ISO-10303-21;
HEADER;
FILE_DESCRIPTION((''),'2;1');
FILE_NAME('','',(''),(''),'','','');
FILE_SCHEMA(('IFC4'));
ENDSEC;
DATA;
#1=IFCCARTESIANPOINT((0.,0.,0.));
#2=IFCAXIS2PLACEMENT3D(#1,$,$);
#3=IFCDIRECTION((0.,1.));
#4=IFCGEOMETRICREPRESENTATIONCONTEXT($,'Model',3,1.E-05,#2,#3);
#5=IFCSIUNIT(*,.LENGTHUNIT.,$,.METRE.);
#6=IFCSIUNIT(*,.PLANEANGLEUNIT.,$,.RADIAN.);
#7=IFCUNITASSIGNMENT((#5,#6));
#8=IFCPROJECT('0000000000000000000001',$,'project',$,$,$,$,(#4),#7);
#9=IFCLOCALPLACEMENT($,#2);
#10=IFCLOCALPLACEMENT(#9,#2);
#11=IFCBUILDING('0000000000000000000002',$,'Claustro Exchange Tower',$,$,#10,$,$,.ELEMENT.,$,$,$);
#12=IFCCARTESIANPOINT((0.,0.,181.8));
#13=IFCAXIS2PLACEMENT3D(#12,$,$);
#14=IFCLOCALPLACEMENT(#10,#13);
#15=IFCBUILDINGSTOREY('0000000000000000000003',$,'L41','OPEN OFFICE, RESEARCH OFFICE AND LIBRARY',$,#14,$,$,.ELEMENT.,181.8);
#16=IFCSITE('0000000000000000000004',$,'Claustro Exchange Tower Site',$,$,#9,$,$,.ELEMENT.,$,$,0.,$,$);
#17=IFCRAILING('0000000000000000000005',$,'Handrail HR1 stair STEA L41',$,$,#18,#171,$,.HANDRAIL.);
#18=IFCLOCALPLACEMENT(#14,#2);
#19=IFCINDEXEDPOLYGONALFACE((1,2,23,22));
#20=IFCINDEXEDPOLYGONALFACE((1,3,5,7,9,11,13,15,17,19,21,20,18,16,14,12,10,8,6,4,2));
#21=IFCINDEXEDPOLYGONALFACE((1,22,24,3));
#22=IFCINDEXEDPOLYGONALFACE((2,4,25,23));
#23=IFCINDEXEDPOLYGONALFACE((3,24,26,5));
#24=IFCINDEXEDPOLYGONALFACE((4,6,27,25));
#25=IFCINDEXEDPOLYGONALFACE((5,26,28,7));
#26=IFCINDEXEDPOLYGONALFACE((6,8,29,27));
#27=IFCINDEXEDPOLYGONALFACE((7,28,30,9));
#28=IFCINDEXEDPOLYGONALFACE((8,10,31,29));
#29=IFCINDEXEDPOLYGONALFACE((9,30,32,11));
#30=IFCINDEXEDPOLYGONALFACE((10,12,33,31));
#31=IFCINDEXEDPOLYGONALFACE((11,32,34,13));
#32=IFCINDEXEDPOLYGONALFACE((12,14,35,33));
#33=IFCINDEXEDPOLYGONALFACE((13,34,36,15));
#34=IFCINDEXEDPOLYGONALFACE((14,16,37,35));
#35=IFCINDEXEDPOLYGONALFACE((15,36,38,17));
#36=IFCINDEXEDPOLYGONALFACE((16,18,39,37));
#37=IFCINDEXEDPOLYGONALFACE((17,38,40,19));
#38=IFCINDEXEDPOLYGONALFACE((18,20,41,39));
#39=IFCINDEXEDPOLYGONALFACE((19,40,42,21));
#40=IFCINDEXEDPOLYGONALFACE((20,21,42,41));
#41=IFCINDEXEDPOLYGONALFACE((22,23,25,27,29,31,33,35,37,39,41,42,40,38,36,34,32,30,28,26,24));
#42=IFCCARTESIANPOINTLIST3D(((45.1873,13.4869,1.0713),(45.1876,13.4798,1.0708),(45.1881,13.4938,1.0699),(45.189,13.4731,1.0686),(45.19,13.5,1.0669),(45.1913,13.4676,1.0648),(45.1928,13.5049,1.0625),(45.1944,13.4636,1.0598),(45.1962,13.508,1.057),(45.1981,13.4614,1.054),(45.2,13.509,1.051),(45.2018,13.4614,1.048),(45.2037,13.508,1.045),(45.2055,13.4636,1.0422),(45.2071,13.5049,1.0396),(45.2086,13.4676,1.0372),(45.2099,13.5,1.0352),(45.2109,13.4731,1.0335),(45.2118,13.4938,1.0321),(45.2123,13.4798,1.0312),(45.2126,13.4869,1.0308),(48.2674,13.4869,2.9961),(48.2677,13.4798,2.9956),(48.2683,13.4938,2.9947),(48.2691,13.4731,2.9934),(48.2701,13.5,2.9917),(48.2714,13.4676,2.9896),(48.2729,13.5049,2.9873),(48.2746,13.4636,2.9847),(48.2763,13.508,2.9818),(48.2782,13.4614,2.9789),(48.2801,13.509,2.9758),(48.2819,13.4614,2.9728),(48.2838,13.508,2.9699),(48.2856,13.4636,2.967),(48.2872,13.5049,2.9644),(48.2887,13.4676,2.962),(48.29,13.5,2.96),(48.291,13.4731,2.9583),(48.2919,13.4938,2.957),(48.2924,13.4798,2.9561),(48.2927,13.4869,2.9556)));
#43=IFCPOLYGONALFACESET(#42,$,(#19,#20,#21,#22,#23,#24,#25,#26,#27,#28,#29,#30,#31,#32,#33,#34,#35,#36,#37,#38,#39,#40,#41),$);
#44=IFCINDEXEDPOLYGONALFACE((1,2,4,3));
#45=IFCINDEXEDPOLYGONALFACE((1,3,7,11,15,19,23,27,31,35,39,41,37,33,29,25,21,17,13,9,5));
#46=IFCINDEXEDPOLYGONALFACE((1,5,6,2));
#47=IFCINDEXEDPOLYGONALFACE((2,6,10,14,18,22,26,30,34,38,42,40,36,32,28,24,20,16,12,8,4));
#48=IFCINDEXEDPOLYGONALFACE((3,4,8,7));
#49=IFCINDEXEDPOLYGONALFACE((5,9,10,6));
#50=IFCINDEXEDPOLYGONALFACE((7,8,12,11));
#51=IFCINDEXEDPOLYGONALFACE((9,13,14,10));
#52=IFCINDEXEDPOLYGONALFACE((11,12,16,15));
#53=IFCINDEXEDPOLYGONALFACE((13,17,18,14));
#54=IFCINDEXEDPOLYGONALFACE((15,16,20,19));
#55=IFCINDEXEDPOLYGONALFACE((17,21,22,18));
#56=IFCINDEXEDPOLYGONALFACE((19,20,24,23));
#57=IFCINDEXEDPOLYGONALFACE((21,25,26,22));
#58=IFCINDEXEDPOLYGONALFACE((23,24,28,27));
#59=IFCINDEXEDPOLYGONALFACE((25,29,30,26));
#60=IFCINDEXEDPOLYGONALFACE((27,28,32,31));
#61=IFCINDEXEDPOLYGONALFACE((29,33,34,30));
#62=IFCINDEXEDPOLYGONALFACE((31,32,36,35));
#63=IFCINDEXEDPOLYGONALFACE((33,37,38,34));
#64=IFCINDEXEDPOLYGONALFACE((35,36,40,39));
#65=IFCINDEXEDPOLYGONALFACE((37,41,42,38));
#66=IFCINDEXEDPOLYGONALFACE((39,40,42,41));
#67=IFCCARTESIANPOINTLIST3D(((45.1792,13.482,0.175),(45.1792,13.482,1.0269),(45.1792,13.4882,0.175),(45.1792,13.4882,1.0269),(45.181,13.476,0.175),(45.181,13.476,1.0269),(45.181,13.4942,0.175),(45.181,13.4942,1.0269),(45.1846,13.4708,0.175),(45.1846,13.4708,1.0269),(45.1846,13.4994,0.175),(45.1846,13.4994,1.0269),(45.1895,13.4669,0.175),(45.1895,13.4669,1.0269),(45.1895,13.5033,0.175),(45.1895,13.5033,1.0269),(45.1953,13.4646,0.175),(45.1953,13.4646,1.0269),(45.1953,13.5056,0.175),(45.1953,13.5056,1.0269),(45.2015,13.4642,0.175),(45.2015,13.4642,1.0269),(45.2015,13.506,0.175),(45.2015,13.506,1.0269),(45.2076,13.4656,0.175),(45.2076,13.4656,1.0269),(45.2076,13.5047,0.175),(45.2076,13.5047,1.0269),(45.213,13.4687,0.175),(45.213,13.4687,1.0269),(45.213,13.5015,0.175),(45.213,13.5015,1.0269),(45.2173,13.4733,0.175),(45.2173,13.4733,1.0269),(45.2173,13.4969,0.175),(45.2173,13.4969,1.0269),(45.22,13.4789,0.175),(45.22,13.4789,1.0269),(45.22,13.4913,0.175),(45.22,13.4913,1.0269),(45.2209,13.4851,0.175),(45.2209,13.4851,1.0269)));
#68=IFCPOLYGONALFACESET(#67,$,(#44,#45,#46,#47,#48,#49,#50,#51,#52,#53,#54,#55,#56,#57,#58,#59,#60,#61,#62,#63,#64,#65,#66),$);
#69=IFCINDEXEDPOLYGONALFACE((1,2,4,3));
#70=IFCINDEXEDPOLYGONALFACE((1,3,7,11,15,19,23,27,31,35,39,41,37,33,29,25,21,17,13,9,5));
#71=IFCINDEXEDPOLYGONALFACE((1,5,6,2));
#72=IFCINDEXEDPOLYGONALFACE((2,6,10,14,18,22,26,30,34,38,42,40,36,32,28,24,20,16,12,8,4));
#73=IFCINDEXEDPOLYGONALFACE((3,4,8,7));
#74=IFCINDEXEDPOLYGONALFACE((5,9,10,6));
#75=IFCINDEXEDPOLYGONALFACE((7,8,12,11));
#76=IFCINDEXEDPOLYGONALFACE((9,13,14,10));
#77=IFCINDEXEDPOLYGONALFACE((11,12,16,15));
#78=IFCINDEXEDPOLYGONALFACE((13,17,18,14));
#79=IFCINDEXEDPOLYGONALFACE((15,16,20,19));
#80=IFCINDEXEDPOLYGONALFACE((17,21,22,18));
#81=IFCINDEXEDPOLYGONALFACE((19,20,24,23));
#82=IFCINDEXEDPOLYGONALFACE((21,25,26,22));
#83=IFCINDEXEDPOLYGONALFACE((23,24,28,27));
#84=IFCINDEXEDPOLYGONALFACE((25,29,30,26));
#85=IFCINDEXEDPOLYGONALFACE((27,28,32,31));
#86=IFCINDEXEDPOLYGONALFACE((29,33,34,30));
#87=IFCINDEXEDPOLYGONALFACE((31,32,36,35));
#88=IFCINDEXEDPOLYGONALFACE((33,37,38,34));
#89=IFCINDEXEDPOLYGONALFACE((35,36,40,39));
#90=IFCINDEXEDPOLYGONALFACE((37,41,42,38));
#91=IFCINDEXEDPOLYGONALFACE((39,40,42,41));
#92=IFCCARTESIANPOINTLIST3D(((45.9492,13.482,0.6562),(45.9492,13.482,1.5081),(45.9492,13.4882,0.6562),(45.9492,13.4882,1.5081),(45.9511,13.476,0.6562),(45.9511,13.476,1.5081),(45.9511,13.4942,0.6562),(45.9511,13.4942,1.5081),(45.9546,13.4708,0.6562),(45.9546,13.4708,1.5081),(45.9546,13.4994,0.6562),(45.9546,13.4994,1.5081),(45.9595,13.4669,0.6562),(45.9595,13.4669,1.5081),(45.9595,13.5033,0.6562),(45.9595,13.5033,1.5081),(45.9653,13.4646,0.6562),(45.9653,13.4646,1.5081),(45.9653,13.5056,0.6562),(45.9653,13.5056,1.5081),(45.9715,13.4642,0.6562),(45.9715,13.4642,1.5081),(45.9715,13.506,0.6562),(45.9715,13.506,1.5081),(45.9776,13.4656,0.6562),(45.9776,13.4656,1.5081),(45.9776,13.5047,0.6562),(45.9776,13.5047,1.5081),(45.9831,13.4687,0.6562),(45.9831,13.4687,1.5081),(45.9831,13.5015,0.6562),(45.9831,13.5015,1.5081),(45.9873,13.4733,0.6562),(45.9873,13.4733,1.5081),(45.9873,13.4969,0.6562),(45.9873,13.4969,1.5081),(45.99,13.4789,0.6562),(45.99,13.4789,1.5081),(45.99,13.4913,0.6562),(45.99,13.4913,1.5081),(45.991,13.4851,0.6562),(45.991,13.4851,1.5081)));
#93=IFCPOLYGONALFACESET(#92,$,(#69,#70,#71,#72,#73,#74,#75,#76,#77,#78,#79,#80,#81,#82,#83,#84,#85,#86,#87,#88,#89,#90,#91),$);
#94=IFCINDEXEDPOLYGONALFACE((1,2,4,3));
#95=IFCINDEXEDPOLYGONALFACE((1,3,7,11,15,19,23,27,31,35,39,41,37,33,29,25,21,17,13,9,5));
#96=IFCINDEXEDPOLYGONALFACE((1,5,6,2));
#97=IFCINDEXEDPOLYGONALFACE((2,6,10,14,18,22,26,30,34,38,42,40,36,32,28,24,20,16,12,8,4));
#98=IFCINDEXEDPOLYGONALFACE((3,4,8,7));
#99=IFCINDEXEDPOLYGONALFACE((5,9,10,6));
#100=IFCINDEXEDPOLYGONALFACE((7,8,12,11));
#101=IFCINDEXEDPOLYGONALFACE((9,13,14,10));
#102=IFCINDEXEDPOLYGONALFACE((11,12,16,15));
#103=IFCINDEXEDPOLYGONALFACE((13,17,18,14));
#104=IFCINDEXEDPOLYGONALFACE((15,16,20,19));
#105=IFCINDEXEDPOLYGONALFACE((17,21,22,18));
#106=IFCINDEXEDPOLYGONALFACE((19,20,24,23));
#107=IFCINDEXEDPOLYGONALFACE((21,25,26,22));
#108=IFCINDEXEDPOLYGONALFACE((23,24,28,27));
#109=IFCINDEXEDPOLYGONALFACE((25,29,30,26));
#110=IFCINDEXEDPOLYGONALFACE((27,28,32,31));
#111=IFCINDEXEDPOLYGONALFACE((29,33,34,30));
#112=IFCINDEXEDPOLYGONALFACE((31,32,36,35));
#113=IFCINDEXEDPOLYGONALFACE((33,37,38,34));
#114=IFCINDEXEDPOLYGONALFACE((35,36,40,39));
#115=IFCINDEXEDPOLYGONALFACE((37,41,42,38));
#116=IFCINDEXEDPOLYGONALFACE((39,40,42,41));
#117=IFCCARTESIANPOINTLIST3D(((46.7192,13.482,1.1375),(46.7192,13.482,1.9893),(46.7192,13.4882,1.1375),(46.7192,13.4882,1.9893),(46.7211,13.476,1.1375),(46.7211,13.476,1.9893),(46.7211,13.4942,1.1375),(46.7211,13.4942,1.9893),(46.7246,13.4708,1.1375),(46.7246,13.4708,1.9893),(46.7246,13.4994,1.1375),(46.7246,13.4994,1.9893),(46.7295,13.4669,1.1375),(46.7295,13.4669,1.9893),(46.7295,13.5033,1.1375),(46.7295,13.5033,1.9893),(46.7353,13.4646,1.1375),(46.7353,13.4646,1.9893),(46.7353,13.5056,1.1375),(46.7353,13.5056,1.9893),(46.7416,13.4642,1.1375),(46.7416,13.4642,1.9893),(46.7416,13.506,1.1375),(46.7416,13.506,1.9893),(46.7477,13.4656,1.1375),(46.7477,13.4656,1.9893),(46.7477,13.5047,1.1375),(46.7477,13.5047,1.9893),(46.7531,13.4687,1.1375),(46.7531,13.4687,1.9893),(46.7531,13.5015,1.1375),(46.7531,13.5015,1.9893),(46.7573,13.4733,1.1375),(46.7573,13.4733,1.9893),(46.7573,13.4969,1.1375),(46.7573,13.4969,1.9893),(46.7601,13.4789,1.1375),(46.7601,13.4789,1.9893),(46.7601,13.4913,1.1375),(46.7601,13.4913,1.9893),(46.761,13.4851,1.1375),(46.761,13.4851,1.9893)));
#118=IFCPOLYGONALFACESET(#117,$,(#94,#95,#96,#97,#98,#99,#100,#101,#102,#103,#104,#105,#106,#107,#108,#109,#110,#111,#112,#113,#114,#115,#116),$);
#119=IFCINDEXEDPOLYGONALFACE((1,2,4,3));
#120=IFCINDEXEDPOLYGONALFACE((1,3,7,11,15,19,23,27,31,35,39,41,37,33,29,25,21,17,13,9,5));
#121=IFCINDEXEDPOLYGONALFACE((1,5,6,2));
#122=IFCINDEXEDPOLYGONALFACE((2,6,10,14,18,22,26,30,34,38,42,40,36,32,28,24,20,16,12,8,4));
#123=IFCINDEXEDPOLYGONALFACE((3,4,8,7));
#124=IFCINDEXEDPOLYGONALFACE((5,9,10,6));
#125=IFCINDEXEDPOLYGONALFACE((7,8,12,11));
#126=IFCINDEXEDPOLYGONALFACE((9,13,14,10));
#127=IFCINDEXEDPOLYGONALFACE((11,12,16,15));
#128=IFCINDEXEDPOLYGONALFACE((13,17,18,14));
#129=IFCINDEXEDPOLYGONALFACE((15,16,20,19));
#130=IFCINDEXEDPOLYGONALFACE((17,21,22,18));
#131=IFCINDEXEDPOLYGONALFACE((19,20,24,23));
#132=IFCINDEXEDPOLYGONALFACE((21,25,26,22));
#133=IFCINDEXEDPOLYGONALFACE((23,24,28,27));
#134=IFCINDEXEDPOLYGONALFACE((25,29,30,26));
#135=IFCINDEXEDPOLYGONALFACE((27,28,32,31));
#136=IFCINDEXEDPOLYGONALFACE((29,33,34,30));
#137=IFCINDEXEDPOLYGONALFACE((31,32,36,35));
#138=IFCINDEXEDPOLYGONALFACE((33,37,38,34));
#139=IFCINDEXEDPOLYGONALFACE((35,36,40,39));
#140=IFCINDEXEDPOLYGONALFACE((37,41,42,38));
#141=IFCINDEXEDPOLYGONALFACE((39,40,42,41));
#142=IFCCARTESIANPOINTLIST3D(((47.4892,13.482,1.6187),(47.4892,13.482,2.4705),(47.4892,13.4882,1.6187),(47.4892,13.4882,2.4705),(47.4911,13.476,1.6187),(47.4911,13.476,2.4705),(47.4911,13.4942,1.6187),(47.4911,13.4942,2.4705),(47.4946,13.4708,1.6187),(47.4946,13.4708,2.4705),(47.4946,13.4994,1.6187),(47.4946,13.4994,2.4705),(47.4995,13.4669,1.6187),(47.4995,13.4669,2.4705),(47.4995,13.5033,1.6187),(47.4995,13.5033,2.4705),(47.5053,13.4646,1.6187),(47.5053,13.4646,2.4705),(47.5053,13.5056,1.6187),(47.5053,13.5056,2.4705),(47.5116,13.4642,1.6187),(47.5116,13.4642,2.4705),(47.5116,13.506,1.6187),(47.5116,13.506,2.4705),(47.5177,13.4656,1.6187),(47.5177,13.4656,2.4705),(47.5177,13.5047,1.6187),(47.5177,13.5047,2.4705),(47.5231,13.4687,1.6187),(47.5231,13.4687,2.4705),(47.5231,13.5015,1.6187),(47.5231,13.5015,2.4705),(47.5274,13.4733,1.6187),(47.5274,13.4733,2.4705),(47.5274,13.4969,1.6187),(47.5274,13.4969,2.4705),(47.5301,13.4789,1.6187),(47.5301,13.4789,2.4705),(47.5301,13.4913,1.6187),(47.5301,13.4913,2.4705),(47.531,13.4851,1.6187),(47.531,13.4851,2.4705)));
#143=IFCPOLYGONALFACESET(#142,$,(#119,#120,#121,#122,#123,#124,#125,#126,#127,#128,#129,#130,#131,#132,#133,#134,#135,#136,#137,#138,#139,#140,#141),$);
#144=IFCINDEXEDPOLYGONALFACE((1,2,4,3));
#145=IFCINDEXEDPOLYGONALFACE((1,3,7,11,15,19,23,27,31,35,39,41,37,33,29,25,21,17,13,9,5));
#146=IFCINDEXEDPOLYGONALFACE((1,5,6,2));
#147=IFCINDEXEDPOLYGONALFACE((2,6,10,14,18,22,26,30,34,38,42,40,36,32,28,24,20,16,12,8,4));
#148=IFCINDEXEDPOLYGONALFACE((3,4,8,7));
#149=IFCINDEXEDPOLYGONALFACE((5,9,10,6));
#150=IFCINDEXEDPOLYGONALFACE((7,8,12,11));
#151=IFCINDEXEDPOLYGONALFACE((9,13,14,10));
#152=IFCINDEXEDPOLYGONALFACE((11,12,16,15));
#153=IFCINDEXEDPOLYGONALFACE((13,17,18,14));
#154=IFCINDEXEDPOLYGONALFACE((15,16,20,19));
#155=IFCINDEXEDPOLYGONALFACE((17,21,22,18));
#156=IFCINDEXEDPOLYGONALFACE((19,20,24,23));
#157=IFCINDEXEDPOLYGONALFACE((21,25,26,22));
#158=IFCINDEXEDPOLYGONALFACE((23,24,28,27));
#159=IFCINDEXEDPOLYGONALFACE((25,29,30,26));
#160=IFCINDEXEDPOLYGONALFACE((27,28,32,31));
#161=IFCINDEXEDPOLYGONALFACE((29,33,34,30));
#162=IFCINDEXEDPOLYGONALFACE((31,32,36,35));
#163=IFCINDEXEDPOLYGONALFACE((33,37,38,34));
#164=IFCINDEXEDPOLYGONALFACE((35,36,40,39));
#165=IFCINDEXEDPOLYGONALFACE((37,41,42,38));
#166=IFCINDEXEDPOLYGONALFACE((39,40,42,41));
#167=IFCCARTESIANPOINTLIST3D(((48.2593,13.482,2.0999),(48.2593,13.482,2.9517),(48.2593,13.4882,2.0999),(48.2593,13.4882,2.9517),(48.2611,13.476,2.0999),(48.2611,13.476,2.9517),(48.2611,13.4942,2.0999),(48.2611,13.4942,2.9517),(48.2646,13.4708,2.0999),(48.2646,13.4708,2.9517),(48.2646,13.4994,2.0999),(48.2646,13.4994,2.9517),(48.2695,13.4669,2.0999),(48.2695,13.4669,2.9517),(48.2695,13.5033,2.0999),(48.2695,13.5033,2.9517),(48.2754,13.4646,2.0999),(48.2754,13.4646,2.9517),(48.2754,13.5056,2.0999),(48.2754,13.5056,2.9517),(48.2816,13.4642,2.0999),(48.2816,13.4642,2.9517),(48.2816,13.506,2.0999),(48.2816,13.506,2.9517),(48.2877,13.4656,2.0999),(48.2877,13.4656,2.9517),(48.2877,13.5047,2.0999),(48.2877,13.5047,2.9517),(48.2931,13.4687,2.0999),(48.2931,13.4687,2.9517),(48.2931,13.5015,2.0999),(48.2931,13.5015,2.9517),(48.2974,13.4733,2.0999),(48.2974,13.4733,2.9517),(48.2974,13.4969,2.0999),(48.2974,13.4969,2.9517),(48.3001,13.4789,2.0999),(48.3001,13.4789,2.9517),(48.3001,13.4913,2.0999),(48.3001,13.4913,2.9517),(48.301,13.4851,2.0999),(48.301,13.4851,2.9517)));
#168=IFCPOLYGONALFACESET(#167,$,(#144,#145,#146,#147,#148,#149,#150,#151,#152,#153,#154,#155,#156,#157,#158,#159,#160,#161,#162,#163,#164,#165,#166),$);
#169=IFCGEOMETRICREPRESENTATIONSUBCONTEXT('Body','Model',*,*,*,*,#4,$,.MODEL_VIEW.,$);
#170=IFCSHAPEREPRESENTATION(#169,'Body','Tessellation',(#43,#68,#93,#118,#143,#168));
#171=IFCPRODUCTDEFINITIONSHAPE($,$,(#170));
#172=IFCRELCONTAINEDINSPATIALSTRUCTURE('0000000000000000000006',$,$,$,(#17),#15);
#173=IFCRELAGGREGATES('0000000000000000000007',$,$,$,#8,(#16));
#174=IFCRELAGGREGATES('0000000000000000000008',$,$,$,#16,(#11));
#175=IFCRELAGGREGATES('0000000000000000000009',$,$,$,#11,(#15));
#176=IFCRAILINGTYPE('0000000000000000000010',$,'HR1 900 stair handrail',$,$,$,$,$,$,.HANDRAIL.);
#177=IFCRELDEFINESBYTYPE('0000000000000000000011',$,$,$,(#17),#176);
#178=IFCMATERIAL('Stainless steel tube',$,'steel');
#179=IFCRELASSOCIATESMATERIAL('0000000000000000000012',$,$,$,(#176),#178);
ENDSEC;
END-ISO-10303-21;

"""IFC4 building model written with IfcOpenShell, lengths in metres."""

from ifc_helpers import new_model, si_unit, direction, frame, origin, origin_2d, place, context, subcontext, project, spatial, circle, extrude, material, type_object, element, save


model = new_model("IFC4")

# Units and contexts
model_context = context("Model", 3, precision=1e-05, world=origin(), true_north=direction((0.0, 1.0)))
body_context = subcontext(model_context, "Body", "Model", "MODEL_VIEW")
ifc_project = project(units=[si_unit("LENGTHUNIT", "METRE"), si_unit("PLANEANGLEUNIT", "RADIAN")], contexts=[model_context])

# Site, building, storey
site_placement = place(None, origin())
site = spatial("IfcSite", under=ifc_project, at=site_placement, Name="Claustro Exchange Tower Site", CompositionType="ELEMENT", RefElevation=0.0)
building_placement = place(site_placement, origin())
building = spatial("IfcBuilding", under=site, at=building_placement, Name="Claustro Exchange Tower", CompositionType="ELEMENT")
storey_placement = place(building_placement, frame((0.0, 0.0, 181.8)))
storey = spatial("IfcBuildingStorey", under=building, at=storey_placement, Name="L41", Description="OPEN OFFICE, RESEARCH OFFICE AND LIBRARY", CompositionType="ELEMENT", Elevation=181.8)

# Railing
ifc_material_1 = material(Name="Stainless steel tube", Category="steel")
railing_type_1 = type_object("IfcRailingType", Name="HR1 900 stair handrail", PredefinedType="HANDRAIL", material=ifc_material_1)
railing_1_placement = place(storey_placement, frame((45.2, 13.4851, 0.175)))
element("IfcRailing", 1, at=railing_1_placement, inside=storey, type_object=railing_type_1, Name="Handrail HR1 stair STEA L41", PredefinedType="HANDRAIL", context=body_context, shape_type="SweptSolid", body=[
    extrude(circle(Radius=0.0239, at=origin_2d()), frame((0.0, 0.0, 0.876), z_axis=(0.848029, 0.0, 0.529951), x_axis=(0.0, 1.0, 0.0)), (0.0, 0.0, 1.0), 3.6321),
    extrude(circle(Radius=0.021, at=origin_2d()), origin(), (0.0, 0.0, 1.0), 0.8518),
    extrude(circle(Radius=0.021, at=origin_2d()), frame((0.77, 0.0, 0.4812)), (0.0, 0.0, 1.0), 0.8518),
    extrude(circle(Radius=0.021, at=origin_2d()), frame((1.54, 0.0, 0.9624)), (0.0, 0.0, 1.0), 0.8518),
    extrude(circle(Radius=0.021, at=origin_2d()), frame((2.3101, 0.0, 1.4436)), (0.0, 0.0, 1.0), 0.8518),
    extrude(circle(Radius=0.021, at=origin_2d()), frame((3.0801, 0.0, 1.9248)), (0.0, 0.0, 1.0), 0.8518),
])

save(model, "model.ifc")
